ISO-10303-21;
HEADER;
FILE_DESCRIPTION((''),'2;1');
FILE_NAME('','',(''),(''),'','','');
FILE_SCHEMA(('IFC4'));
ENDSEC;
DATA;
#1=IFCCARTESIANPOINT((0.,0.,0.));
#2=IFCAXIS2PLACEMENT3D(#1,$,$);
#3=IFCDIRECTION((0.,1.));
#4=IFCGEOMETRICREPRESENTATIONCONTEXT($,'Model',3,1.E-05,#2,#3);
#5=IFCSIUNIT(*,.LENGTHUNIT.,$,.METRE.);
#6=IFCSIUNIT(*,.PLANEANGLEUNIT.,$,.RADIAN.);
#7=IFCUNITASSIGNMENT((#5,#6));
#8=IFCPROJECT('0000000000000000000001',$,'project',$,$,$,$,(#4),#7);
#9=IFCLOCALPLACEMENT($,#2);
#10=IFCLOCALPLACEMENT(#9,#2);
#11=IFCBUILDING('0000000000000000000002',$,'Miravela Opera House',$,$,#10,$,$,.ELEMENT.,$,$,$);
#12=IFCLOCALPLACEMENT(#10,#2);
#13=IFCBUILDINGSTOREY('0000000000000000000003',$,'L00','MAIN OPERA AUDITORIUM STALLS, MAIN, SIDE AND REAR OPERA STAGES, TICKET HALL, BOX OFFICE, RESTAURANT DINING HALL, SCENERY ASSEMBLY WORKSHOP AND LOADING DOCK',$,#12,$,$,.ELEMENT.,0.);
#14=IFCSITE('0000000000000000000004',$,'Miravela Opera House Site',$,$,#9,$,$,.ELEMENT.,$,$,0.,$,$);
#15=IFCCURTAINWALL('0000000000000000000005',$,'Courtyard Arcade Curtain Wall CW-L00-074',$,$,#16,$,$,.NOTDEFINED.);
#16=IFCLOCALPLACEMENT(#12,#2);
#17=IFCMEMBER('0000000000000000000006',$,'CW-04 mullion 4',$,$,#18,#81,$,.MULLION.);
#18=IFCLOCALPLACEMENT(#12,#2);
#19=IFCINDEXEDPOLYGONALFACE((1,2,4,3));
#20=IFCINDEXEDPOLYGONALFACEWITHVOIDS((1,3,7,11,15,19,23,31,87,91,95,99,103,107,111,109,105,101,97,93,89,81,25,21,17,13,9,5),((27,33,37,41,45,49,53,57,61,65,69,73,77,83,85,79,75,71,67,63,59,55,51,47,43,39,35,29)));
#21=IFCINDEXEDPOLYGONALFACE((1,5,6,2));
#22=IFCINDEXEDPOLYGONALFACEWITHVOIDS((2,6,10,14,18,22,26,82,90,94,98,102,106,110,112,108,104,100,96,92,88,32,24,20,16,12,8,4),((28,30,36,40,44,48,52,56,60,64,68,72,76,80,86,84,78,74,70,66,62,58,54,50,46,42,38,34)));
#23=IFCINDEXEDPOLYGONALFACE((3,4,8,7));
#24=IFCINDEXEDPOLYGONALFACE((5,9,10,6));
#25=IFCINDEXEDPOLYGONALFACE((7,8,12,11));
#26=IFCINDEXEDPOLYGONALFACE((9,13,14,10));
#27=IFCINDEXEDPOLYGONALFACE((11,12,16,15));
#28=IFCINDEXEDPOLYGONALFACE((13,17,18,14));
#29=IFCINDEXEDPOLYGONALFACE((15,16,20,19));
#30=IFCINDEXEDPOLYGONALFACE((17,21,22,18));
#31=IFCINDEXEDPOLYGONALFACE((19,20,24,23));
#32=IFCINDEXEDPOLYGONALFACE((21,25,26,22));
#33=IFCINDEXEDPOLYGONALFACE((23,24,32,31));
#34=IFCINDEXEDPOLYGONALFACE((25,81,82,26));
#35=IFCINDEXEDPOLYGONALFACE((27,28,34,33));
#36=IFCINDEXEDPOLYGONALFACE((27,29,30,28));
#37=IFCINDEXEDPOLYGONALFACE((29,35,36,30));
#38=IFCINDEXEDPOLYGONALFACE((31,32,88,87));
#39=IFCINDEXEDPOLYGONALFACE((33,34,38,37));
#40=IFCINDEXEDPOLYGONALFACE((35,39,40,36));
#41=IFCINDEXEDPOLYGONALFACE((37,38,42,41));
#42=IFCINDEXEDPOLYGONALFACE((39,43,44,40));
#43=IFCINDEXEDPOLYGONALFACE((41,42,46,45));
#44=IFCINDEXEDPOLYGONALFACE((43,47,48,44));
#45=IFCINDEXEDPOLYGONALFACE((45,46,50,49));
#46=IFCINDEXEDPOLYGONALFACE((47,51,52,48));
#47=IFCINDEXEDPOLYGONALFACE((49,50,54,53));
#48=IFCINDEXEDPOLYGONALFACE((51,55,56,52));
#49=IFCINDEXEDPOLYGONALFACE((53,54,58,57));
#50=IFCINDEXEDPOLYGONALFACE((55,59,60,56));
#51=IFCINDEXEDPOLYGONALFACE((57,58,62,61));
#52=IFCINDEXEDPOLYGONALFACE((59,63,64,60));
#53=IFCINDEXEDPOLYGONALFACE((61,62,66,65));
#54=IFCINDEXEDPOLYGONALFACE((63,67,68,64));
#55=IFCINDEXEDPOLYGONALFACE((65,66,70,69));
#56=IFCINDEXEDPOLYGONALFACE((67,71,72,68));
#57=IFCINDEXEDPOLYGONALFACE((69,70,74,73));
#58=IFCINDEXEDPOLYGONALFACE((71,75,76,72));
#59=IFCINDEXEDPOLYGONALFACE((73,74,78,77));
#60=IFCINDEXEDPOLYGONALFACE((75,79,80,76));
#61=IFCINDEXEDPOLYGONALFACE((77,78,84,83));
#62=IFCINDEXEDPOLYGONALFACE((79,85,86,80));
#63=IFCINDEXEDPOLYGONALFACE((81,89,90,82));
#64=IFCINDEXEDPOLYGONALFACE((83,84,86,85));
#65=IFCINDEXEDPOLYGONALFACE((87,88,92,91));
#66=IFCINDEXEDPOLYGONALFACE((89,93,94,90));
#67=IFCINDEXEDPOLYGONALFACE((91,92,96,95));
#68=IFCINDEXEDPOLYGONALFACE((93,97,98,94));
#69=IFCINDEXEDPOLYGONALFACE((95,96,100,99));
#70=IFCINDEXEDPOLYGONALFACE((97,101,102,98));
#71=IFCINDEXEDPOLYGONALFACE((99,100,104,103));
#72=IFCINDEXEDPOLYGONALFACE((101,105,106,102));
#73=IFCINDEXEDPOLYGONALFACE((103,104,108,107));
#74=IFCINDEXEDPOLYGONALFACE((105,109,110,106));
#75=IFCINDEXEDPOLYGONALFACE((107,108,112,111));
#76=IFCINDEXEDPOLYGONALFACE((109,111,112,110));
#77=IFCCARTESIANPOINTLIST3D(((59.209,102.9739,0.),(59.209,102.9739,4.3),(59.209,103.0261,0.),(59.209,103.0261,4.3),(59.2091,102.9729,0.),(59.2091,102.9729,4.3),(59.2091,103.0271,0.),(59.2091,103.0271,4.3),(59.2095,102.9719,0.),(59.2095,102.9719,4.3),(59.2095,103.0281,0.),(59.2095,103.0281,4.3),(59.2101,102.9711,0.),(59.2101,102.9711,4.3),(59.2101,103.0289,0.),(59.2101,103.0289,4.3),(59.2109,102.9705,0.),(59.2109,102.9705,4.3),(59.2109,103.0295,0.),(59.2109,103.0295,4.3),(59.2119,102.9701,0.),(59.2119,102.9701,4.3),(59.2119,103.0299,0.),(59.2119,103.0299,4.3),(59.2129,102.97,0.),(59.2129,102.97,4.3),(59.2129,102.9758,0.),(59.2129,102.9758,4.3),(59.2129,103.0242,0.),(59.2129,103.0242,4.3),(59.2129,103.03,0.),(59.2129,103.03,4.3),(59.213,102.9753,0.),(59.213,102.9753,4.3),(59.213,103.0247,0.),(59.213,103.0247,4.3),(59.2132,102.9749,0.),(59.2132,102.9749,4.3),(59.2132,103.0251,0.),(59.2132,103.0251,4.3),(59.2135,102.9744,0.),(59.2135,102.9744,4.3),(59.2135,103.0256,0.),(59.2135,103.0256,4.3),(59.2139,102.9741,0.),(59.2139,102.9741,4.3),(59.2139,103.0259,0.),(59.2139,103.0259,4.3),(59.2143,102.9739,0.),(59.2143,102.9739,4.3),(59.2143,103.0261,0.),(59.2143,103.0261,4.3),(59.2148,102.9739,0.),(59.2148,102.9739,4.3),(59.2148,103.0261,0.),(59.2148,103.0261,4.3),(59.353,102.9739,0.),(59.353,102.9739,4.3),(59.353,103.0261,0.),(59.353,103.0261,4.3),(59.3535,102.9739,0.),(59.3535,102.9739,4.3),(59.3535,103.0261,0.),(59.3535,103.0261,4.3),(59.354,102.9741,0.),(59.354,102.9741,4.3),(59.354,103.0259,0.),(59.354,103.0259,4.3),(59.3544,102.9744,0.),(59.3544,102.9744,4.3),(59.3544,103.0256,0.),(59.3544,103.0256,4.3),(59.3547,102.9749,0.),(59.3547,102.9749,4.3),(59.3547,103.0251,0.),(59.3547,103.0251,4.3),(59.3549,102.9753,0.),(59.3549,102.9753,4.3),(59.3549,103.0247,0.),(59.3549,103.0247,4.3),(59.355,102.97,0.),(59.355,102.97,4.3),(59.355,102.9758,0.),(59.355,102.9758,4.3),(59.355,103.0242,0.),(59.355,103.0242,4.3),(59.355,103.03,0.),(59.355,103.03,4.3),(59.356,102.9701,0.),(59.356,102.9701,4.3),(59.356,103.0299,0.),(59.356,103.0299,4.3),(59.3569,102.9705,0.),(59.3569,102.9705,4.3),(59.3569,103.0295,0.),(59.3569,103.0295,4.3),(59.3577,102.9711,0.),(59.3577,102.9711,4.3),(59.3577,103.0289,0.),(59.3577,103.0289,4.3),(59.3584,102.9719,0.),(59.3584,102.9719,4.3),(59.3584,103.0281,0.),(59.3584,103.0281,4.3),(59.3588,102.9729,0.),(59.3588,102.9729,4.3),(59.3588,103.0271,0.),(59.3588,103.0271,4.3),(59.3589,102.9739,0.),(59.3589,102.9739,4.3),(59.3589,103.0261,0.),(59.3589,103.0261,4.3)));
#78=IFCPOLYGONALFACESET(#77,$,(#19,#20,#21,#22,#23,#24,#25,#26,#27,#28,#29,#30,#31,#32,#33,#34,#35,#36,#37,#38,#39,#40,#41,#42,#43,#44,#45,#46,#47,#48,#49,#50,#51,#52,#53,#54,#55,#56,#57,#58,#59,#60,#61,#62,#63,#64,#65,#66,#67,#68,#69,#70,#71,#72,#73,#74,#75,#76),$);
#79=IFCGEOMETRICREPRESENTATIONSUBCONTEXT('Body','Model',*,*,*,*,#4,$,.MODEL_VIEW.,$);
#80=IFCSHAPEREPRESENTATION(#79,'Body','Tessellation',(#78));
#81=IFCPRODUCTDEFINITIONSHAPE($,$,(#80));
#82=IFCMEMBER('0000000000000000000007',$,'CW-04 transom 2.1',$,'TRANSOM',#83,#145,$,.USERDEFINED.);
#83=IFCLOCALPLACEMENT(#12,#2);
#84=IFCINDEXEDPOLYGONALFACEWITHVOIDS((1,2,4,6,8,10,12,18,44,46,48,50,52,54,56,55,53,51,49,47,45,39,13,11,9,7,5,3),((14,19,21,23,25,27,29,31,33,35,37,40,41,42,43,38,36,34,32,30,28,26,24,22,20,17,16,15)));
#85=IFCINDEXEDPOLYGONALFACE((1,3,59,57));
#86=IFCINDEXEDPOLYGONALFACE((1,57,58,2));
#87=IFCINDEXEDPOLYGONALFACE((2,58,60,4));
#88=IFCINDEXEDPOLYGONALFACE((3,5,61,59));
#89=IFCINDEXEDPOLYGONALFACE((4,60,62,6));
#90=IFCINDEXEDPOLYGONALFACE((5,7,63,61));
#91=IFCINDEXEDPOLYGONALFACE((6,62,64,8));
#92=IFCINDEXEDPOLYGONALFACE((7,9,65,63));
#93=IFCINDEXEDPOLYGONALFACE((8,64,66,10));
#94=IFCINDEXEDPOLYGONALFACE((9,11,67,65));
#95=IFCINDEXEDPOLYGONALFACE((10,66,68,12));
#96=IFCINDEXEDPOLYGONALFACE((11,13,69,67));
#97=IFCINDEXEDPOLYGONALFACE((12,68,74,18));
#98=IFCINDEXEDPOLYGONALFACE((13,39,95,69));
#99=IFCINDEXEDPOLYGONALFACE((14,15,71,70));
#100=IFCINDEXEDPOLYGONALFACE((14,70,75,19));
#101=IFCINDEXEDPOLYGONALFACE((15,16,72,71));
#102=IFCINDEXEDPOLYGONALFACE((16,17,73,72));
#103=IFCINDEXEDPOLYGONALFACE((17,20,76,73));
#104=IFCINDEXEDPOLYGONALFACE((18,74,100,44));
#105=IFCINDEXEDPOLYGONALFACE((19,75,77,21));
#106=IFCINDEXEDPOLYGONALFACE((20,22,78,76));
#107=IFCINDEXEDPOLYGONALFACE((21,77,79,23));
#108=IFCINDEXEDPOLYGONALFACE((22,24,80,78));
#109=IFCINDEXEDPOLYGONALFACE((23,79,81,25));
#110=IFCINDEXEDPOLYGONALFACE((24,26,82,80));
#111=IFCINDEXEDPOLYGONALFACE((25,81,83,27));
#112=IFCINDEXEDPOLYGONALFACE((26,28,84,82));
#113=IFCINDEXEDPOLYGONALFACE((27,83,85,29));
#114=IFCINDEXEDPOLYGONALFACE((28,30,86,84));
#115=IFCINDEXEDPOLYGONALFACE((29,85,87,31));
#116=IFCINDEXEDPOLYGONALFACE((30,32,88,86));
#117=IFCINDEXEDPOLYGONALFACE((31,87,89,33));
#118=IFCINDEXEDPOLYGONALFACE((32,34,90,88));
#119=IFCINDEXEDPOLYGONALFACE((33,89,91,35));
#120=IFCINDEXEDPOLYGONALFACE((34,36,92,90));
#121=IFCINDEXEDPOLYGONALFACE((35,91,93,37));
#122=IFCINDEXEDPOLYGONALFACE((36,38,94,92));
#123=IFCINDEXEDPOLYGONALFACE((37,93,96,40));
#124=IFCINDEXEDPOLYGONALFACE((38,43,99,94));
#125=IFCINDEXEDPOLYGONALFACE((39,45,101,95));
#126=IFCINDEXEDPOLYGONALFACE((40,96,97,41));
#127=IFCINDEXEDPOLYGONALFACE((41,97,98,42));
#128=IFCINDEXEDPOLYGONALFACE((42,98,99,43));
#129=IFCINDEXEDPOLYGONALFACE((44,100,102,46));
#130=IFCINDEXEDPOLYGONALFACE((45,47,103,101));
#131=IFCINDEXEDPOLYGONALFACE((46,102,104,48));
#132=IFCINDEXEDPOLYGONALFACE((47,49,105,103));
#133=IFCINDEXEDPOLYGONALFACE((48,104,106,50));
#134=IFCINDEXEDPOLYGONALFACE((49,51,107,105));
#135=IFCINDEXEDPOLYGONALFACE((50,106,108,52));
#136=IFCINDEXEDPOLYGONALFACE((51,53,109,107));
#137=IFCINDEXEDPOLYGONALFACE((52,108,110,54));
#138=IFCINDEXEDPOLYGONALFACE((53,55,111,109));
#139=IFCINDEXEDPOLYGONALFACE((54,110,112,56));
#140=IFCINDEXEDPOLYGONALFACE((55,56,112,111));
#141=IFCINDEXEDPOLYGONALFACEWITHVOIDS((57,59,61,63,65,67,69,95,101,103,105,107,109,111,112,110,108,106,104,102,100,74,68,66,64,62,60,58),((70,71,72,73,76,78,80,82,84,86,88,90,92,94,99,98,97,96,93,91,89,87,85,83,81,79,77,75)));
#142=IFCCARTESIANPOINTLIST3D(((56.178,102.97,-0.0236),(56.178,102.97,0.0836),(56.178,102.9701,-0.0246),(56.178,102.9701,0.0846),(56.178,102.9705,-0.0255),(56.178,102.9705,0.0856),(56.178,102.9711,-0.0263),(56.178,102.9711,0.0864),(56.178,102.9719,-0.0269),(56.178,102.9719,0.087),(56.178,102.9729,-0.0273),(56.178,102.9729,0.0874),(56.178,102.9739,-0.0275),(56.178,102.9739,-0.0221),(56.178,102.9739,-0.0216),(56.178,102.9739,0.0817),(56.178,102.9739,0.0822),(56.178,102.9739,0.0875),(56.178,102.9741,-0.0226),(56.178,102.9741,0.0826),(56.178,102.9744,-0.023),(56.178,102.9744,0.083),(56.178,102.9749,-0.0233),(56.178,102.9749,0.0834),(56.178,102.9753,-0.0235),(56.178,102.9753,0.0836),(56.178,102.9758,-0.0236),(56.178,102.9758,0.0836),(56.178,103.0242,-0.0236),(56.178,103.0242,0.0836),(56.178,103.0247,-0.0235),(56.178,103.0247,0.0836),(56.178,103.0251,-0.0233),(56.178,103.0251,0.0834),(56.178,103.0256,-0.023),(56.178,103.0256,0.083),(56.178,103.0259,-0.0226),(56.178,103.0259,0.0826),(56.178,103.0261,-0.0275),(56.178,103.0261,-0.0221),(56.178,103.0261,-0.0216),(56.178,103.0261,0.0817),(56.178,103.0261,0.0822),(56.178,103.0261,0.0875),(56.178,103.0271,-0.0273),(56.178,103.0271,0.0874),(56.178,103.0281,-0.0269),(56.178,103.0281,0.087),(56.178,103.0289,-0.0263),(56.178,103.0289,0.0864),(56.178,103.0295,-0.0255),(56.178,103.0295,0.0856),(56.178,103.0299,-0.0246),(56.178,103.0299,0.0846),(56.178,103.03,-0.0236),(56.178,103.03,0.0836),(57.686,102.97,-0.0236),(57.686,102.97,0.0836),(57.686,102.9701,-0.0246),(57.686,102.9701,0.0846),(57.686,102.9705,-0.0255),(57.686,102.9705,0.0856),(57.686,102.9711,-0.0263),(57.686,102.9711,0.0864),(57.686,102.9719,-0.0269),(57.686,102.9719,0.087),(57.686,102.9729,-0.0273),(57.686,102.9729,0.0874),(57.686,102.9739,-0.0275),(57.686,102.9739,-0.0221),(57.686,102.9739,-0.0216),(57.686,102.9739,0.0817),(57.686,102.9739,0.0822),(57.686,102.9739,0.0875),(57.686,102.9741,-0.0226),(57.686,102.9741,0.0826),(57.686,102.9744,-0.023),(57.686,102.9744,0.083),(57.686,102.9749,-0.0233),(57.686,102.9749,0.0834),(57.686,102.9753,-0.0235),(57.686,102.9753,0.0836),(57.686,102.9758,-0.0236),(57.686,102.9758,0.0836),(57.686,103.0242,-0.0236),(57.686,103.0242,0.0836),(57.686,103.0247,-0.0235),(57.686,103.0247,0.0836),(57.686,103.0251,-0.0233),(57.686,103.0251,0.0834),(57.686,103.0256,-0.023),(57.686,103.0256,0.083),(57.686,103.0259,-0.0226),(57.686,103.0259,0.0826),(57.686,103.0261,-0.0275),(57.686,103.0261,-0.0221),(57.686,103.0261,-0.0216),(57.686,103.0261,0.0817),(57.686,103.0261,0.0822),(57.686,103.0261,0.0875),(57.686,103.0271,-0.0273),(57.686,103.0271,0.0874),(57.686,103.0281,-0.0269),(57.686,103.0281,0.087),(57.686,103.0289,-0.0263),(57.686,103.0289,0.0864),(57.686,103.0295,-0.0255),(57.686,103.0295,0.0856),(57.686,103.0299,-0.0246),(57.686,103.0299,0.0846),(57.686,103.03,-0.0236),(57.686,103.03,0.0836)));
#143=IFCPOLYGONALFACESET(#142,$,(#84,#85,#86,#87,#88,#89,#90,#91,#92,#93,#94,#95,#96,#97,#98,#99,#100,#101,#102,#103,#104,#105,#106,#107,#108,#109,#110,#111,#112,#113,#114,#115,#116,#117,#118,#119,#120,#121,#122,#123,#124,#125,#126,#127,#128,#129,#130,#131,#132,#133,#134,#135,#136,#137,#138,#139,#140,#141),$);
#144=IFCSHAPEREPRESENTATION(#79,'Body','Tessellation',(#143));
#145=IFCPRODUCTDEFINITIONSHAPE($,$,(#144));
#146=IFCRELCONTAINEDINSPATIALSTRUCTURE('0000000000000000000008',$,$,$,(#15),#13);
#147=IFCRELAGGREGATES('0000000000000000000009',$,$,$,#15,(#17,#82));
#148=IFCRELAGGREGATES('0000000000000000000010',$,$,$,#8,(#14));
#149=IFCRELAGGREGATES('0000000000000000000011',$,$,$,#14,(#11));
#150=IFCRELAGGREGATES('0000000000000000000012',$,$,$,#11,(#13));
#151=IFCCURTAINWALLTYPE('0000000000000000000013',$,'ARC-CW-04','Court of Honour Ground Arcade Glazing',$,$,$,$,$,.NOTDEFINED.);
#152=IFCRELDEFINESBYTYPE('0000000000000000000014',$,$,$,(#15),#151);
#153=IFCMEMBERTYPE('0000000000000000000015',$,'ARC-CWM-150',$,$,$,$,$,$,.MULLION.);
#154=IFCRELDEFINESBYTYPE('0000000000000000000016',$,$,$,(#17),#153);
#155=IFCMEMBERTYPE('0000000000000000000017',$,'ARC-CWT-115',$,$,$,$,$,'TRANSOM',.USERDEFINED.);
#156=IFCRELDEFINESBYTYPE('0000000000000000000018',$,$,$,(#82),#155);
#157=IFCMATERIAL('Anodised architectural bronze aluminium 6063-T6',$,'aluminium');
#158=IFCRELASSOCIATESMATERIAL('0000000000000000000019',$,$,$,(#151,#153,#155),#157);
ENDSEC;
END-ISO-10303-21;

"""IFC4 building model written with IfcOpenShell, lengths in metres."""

from ifc_helpers import new_model, si_unit, direction, frame, origin, origin_2d, place, context, subcontext, project, spatial, hollow_rectangle, extrude, material, material_profile, profile_set, type_object, element, aggregate, save


model = new_model("IFC4")

# Units and contexts
model_context = context("Model", 3, precision=1e-05, world=origin(), true_north=direction((0.0, 1.0)))
body_context = subcontext(model_context, "Body", "Model", "MODEL_VIEW")
ifc_project = project(units=[si_unit("LENGTHUNIT", "METRE"), si_unit("PLANEANGLEUNIT", "RADIAN")], contexts=[model_context])

# Site, building, storey
site_placement = place(None, origin())
site = spatial("IfcSite", under=ifc_project, at=site_placement, Name="Miravela Opera House Site", CompositionType="ELEMENT", RefElevation=0.0)
building_placement = place(site_placement, origin())
building = spatial("IfcBuilding", under=site, at=building_placement, Name="Miravela Opera House", CompositionType="ELEMENT")
storey_placement = place(building_placement, origin())
storey = spatial("IfcBuildingStorey", under=building, at=storey_placement, Name="L00", Description="MAIN OPERA AUDITORIUM STALLS, MAIN, SIDE AND REAR OPERA STAGES, TICKET HALL, BOX OFFICE, RESTAURANT DINING HALL, SCENERY ASSEMBLY WORKSHOP AND LOADING DOCK", CompositionType="ELEMENT", Elevation=0.0)

# Curtain wall, members
ifc_material_1 = material(Name="Anodised architectural bronze aluminium 6063-T6", Category="aluminium")
curtain_wall_type = type_object("IfcCurtainWallType", Name="ARC-CW-04", Description="Court of Honour Ground Arcade Glazing", PredefinedType="NOTDEFINED", material=ifc_material_1)
curtain_wall_placement = place(storey_placement, origin())
curtain_wall = element("IfcCurtainWall", 1, at=curtain_wall_placement, inside=storey, type_object=curtain_wall_type, Name="Courtyard Arcade Curtain Wall CW-L00-074", PredefinedType="NOTDEFINED")
ifc_material_profile_1 = material_profile(ifc_material_1, hollow_rectangle(XDim=0.0601, YDim=0.1499, WallThickness=0.0039, InnerFilletRadius=0.002, OuterFilletRadius=0.0039, at=origin_2d()), Name="CWM-60X150")
ifc_profile_set_1 = profile_set([ifc_material_profile_1])
member_type_1 = type_object("IfcMemberType", Name="ARC-CWM-150", PredefinedType="MULLION", material=ifc_profile_set_1)
member_1_placement = place(storey_placement, frame((59.2839, 103.0, 0.0), z_axis=(0.0, 0.0, 1.0), x_axis=(0.0, 1.0, 0.0)))
member_1 = element("IfcMember", 2, at=member_1_placement, type_object=member_type_1, Name="CW-04 mullion 4", PredefinedType="MULLION", context=body_context, shape_type="SweptSolid", body=[
    extrude(hollow_rectangle(XDim=0.0601, YDim=0.1499, WallThickness=0.0039, InnerFilletRadius=0.002, OuterFilletRadius=0.0039, at=origin_2d()), origin(), (0.0, 0.0, 1.0), 4.3),
])
ifc_material_profile_2 = material_profile(ifc_material_1, hollow_rectangle(XDim=0.0601, YDim=0.115, WallThickness=0.0039, InnerFilletRadius=0.002, OuterFilletRadius=0.0039, at=origin_2d()), Name="CWT-60X115")
ifc_profile_set_2 = profile_set([ifc_material_profile_2])
member_type_2 = type_object("IfcMemberType", Name="ARC-CWT-115", ElementType="TRANSOM", PredefinedType="USERDEFINED", material=ifc_profile_set_2)
member_2_placement = place(storey_placement, frame((56.178, 103.0, 0.03), z_axis=(1.0, 0.0, 0.0), x_axis=(0.0, 1.0, 0.0)))
member_2 = element("IfcMember", 3, at=member_2_placement, type_object=member_type_2, Name="CW-04 transom 2.1", ObjectType="TRANSOM", PredefinedType="USERDEFINED", context=body_context, shape_type="SweptSolid", body=[
    extrude(hollow_rectangle(XDim=0.0601, YDim=0.115, WallThickness=0.0039, InnerFilletRadius=0.002, OuterFilletRadius=0.0039, at=origin_2d()), origin(), (0.0, 0.0, 1.0), 1.5081),
])

aggregate(curtain_wall, [member_1, member_2])

save(model, "model.ifc")
